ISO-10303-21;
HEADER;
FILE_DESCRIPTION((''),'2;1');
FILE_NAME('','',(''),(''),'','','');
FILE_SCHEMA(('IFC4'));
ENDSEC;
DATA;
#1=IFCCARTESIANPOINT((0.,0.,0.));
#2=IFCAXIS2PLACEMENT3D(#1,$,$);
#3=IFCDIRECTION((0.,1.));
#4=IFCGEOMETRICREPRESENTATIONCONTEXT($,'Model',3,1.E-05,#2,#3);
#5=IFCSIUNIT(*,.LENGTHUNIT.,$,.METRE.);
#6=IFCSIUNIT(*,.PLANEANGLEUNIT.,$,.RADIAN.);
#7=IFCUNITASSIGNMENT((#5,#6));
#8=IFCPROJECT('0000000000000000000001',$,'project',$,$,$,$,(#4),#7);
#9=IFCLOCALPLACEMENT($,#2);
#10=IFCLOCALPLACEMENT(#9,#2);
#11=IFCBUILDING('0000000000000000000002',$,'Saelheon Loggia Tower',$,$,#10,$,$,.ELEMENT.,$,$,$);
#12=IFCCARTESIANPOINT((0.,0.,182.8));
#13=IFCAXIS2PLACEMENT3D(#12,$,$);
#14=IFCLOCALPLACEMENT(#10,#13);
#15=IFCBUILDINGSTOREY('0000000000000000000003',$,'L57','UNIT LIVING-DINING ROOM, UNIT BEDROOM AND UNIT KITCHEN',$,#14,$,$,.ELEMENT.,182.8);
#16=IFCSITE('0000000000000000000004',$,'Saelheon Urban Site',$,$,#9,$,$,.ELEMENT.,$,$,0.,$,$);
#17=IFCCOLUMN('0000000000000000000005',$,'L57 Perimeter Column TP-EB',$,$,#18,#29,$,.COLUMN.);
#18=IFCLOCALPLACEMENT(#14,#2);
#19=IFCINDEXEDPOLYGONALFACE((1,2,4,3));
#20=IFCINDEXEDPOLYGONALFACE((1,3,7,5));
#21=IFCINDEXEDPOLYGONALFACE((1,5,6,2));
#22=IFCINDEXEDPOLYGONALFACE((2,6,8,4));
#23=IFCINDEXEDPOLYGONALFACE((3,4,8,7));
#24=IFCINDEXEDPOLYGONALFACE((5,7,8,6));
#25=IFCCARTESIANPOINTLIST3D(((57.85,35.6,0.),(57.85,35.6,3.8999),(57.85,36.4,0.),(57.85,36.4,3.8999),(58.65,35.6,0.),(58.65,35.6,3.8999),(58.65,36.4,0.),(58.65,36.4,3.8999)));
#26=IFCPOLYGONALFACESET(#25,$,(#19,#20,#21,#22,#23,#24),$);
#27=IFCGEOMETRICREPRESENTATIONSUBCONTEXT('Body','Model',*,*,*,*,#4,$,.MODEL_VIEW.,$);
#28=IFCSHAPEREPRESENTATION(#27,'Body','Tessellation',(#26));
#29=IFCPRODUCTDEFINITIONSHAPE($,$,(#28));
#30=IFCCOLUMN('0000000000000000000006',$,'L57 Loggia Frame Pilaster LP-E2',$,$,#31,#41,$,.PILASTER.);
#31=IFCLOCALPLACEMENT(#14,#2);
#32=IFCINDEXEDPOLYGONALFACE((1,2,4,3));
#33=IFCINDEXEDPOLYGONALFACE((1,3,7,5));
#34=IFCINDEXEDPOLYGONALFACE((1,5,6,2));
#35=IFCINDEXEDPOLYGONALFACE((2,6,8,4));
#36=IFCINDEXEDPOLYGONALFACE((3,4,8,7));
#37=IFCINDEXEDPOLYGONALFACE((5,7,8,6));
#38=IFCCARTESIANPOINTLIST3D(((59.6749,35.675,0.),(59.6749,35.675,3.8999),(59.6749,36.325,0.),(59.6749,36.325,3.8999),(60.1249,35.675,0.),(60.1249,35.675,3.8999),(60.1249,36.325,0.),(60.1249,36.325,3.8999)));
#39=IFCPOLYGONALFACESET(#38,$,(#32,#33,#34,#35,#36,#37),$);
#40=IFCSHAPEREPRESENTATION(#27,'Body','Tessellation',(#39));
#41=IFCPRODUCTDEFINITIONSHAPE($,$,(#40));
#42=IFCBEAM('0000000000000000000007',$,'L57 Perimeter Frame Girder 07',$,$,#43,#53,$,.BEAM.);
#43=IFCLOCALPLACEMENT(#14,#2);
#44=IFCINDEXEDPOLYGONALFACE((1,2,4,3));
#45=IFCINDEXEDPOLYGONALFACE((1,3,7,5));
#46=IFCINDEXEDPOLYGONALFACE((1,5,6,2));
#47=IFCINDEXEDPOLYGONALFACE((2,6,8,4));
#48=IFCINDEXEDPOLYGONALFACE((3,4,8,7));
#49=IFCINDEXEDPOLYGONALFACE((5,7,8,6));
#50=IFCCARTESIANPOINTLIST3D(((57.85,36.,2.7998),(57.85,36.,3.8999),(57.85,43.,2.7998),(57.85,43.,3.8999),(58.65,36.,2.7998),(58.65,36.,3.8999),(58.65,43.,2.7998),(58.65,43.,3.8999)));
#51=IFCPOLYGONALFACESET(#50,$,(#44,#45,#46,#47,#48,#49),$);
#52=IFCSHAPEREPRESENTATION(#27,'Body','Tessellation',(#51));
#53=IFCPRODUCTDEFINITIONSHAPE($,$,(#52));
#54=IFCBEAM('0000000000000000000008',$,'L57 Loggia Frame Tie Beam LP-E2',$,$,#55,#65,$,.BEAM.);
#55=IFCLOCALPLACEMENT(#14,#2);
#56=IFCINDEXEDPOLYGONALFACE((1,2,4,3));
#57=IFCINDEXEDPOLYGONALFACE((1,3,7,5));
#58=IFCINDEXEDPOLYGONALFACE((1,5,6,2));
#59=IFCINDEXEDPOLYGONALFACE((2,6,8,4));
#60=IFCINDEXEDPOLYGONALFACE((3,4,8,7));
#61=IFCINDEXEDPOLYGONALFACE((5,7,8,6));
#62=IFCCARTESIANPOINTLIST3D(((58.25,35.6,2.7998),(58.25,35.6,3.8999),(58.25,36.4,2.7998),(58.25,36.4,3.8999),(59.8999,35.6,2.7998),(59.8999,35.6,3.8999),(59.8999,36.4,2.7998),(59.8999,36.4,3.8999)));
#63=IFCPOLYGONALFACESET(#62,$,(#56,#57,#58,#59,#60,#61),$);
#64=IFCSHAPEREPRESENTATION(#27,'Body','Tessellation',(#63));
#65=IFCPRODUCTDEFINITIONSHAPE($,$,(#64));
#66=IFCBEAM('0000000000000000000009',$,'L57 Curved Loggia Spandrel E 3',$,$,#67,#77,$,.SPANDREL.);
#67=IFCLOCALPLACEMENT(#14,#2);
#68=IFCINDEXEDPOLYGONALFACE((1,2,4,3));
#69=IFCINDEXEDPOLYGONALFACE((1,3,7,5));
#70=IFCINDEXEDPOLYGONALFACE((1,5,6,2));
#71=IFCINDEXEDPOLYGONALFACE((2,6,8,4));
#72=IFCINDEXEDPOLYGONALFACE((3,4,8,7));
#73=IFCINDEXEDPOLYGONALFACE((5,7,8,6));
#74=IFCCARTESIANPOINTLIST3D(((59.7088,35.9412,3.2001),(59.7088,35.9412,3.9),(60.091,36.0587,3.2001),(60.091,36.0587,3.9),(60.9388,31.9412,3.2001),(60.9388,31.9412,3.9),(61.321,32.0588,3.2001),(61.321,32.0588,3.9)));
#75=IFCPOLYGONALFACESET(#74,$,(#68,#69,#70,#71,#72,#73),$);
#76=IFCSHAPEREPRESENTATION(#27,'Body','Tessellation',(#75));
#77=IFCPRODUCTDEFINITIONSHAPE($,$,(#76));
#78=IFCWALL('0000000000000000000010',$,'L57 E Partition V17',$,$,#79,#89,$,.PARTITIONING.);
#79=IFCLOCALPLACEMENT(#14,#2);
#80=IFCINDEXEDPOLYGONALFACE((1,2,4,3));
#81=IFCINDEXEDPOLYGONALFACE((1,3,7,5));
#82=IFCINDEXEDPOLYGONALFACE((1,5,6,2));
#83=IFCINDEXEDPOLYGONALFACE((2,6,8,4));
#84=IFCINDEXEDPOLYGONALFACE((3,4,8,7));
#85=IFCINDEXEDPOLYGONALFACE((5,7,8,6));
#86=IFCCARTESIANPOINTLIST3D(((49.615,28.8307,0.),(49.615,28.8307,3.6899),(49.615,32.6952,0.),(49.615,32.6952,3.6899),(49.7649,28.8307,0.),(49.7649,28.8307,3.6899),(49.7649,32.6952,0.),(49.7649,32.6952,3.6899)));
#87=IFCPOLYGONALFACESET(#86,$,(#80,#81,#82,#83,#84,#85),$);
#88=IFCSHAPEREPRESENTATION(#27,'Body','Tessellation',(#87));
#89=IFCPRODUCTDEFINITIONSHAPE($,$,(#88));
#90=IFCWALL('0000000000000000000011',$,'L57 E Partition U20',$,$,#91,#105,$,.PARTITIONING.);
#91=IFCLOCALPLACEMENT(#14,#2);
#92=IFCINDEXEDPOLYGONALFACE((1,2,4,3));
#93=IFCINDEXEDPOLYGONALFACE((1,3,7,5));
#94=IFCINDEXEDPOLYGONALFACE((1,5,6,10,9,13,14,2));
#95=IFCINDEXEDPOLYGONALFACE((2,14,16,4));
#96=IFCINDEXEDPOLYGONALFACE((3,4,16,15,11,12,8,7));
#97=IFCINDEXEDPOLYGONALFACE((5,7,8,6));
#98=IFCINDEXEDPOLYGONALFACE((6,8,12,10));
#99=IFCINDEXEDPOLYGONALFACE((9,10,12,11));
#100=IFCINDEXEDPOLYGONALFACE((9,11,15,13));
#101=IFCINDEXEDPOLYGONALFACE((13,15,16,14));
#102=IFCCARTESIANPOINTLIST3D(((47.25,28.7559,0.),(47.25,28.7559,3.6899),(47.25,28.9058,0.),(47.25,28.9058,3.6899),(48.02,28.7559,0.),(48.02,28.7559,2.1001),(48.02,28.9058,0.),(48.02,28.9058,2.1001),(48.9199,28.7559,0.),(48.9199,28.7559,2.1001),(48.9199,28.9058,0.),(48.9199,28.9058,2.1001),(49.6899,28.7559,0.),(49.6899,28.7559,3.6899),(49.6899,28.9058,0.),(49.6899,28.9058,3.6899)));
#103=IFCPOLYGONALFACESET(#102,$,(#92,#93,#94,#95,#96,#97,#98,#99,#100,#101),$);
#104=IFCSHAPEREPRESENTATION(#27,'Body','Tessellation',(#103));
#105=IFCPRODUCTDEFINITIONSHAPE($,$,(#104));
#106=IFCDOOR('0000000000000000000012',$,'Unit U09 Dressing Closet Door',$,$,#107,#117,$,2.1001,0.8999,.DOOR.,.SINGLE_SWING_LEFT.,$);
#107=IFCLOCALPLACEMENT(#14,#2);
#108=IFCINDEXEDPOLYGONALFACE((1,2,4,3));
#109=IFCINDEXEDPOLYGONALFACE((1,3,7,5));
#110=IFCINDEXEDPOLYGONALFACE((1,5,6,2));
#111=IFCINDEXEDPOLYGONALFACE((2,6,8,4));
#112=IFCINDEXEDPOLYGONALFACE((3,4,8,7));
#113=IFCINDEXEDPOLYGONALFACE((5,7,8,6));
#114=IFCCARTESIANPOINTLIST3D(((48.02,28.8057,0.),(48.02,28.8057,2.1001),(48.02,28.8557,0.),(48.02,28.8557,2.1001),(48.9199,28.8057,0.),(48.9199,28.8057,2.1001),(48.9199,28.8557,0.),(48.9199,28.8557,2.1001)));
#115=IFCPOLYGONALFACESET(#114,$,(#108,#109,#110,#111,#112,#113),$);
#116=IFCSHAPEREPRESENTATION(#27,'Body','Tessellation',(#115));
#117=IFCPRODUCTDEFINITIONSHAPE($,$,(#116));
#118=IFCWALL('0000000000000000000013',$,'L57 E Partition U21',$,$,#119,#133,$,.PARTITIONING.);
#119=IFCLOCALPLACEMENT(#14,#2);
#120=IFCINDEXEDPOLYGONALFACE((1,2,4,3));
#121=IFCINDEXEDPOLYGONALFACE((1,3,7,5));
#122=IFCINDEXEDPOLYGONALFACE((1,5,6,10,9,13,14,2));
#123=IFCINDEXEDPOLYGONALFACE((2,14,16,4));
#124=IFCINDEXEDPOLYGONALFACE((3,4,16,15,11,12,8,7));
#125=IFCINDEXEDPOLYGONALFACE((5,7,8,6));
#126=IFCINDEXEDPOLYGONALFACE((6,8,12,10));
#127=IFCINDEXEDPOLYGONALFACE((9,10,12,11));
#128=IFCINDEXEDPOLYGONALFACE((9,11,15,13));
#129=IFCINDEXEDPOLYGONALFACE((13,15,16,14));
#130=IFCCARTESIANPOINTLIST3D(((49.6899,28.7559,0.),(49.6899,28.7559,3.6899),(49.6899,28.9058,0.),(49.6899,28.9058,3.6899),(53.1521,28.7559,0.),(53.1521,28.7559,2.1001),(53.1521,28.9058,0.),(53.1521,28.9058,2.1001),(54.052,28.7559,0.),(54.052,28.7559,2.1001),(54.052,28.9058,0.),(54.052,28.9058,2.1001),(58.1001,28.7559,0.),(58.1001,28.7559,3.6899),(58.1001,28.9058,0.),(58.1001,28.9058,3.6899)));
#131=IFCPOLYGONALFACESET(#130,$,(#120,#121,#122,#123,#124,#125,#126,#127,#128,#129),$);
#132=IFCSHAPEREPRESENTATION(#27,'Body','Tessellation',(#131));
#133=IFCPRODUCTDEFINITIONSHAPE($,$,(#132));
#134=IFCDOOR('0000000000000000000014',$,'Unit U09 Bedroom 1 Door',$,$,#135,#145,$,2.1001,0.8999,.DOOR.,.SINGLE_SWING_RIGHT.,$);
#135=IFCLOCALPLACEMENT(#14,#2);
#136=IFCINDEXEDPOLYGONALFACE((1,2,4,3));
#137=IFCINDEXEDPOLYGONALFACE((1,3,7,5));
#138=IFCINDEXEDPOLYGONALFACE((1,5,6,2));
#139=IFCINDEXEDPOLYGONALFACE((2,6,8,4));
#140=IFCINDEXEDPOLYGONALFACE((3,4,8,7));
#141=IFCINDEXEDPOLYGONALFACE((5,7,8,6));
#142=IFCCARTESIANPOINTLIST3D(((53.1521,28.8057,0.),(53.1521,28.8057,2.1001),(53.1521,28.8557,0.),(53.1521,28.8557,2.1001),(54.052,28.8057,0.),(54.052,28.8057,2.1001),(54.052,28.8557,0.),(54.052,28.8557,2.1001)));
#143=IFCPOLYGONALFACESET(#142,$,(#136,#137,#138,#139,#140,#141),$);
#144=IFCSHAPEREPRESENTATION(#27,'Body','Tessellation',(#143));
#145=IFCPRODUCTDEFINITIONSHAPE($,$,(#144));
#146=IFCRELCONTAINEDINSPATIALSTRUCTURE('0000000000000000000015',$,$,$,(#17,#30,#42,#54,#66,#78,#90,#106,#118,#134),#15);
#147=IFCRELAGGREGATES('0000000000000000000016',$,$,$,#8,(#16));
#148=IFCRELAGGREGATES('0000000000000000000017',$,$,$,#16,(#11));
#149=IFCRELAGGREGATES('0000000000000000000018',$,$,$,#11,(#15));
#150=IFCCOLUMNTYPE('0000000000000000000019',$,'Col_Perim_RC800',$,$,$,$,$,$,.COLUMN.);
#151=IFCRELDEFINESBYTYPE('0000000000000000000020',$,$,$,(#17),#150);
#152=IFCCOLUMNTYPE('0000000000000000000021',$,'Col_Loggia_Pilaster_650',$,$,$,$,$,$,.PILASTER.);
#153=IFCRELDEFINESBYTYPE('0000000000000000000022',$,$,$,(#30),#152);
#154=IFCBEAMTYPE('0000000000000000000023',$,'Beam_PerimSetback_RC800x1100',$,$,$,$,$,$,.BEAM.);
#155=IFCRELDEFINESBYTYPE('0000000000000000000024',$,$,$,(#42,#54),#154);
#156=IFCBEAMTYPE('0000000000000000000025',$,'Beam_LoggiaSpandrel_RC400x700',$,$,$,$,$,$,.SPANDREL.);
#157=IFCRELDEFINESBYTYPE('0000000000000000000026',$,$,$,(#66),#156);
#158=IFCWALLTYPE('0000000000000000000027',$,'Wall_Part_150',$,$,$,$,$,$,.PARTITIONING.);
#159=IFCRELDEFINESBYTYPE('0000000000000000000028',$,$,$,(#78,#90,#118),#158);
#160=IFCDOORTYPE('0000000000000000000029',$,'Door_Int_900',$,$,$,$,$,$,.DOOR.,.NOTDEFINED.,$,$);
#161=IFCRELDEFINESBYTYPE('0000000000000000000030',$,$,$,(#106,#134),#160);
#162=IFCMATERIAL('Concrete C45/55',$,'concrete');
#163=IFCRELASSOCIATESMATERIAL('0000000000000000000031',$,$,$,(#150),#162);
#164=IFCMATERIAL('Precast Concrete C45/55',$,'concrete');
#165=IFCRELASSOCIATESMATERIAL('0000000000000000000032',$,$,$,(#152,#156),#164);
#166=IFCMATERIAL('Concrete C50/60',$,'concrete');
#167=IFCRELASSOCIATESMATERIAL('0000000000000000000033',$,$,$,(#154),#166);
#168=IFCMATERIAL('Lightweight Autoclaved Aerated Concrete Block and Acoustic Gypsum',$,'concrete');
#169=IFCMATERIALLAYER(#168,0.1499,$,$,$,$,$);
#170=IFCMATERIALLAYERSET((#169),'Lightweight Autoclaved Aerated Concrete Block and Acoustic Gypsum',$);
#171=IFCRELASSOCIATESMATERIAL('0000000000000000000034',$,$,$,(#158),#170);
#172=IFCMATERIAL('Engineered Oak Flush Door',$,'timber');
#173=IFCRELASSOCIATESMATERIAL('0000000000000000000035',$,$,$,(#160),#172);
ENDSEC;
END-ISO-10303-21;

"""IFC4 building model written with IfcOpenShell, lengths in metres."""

from ifc_helpers import new_model, si_unit, direction, frame, frame_2d, origin, origin_2d, place, context, subcontext, project, spatial, rectangle, extrude, source, transform, mapped, material, layer, layer_set, material_profile, profile_set, type_object, element, fill, save


model = new_model("IFC4")

# Units and contexts
model_context = context("Model", 3, precision=1e-05, world=origin(), true_north=direction((0.0, 1.0)))
body_context = subcontext(model_context, "Body", "Model", "MODEL_VIEW")
ifc_project = project(units=[si_unit("LENGTHUNIT", "METRE"), si_unit("PLANEANGLEUNIT", "RADIAN")], contexts=[model_context])

# Site, building, storey
site_placement = place(None, origin())
site = spatial("IfcSite", under=ifc_project, at=site_placement, Name="Saelheon Urban Site", CompositionType="ELEMENT", RefElevation=0.0)
building_placement = place(site_placement, origin())
building = spatial("IfcBuilding", under=site, at=building_placement, Name="Saelheon Loggia Tower", CompositionType="ELEMENT")
storey_placement = place(building_placement, frame((0.0, 0.0, 182.8)))
storey = spatial("IfcBuildingStorey", under=building, at=storey_placement, Name="L57", Description="UNIT LIVING-DINING ROOM, UNIT BEDROOM AND UNIT KITCHEN", CompositionType="ELEMENT", Elevation=182.8)

# Columns
ifc_material_1 = material(Name="Concrete C45/55", Category="concrete")
ifc_material_profile_1 = material_profile(ifc_material_1, rectangle(XDim=0.8, YDim=0.8, at=origin_2d()), Name="RC-800x800")
ifc_profile_set_1 = profile_set([ifc_material_profile_1], Name="Concrete C45/55")
column_type_1 = type_object("IfcColumnType", Name="Col_Perim_RC800", PredefinedType="COLUMN", material=ifc_profile_set_1)
shared_shape_1 = source(origin(), body_context, "Body", "SweptSolid", [
    extrude(rectangle(XDim=0.8, YDim=0.8, at=origin_2d()), origin(), (0.0, 0.0, 1.0), 3.8999),
])
column_1_placement = place(storey_placement, frame((58.25, 36.0, 0.0), z_axis=(0.0, 0.0, 1.0), x_axis=(1.0, 0.0, 0.0)))
element("IfcColumn", 1, at=column_1_placement, inside=storey, type_object=column_type_1, Name="L57 Perimeter Column TP-EB", PredefinedType="COLUMN", context=body_context, shape_type="MappedRepresentation", body=[
    mapped(shared_shape_1, transform((0.0, 0.0, 0.0), scale=1.0)),
])
ifc_material_2 = material(Name="Precast Concrete C45/55", Category="concrete")
ifc_material_profile_2 = material_profile(ifc_material_2, rectangle(XDim=0.45, YDim=0.6499, at=origin_2d()), Name="RC-450x650")
ifc_profile_set_2 = profile_set([ifc_material_profile_2], Name="Precast Concrete C45/55")
column_type_2 = type_object("IfcColumnType", Name="Col_Loggia_Pilaster_650", PredefinedType="PILASTER", material=ifc_profile_set_2)
shared_shape_2 = source(origin(), body_context, "Body", "SweptSolid", [
    extrude(rectangle(XDim=0.45, YDim=0.6499, at=origin_2d()), origin(), (0.0, 0.0, 1.0), 3.8999),
])
column_2_placement = place(storey_placement, frame((59.8999, 36.0, 0.0), z_axis=(0.0, 0.0, 1.0), x_axis=(1.0, 0.0, 0.0)))
element("IfcColumn", 2, at=column_2_placement, inside=storey, type_object=column_type_2, Name="L57 Loggia Frame Pilaster LP-E2", PredefinedType="PILASTER", context=body_context, shape_type="MappedRepresentation", body=[
    mapped(shared_shape_2, transform((0.0, 0.0, 0.0), scale=1.0)),
])

# Beams
ifc_material_3 = material(Name="Concrete C50/60", Category="concrete")
ifc_material_profile_3 = material_profile(ifc_material_3, rectangle(XDim=0.8, YDim=1.1001, at=origin_2d()), Name="RC-800x1100")
ifc_profile_set_3 = profile_set([ifc_material_profile_3], Name="Concrete C50/60")
beam_type_1 = type_object("IfcBeamType", Name="Beam_PerimSetback_RC800x1100", PredefinedType="BEAM", material=ifc_profile_set_3)
shared_shape_3 = source(origin(), body_context, "Body", "SweptSolid", [
    extrude(rectangle(XDim=0.8, YDim=1.1001, at=origin_2d()), origin(), (0.0, 0.0, 1.0), 7.0),
])
beam_1_placement = place(storey_placement, frame((58.25, 36.0, 3.3499), z_axis=(0.0, 1.0, 0.0), x_axis=(-1.0, 0.0, 0.0)))
element("IfcBeam", 3, at=beam_1_placement, inside=storey, type_object=beam_type_1, Name="L57 Perimeter Frame Girder 07", PredefinedType="BEAM", context=body_context, shape_type="MappedRepresentation", body=[
    mapped(shared_shape_3, transform((0.0, 0.0, 0.0), scale=1.0)),
])
shared_shape_4 = source(origin(), body_context, "Body", "SweptSolid", [
    extrude(rectangle(XDim=0.8, YDim=1.1001, at=origin_2d()), origin(), (0.0, 0.0, 1.0), 1.6499),
])
beam_2_placement = place(storey_placement, frame((58.25, 36.0, 3.3499), z_axis=(1.0, 0.0, 0.0), x_axis=(0.0, 1.0, 0.0)))
element("IfcBeam", 4, at=beam_2_placement, inside=storey, type_object=beam_type_1, Name="L57 Loggia Frame Tie Beam LP-E2", PredefinedType="BEAM", context=body_context, shape_type="MappedRepresentation", body=[
    mapped(shared_shape_4, transform((0.0, 0.0, 0.0), scale=1.0)),
])
ifc_material_profile_4 = material_profile(ifc_material_2, rectangle(XDim=0.3999, YDim=0.7, at=origin_2d()), Name="RC-400x700")
ifc_profile_set_4 = profile_set([ifc_material_profile_4], Name="Precast Concrete C45/55")
beam_type_2 = type_object("IfcBeamType", Name="Beam_LoggiaSpandrel_RC400x700", PredefinedType="SPANDREL", material=ifc_profile_set_4)
shared_shape_5 = source(origin(), body_context, "Body", "SweptSolid", [
    extrude(rectangle(XDim=0.3999, YDim=0.7, at=origin_2d()), origin(), (0.0, 0.0, 1.0), 4.1848),
])
beam_3_placement = place(storey_placement, frame((61.1299, 32.0, 3.55), z_axis=(-0.293914, 0.955832, 0.0), x_axis=(-0.955832, -0.293914, 0.0)))
element("IfcBeam", 5, at=beam_3_placement, inside=storey, type_object=beam_type_2, Name="L57 Curved Loggia Spandrel E 3", PredefinedType="SPANDREL", context=body_context, shape_type="MappedRepresentation", body=[
    mapped(shared_shape_5, transform((0.0, 0.0, 0.0), scale=1.0)),
])

# Wall
ifc_material_4 = material(Name="Lightweight Autoclaved Aerated Concrete Block and Acoustic Gypsum", Category="concrete")
ifc_layer_1 = layer(ifc_material_4, 0.1499)
ifc_layer_set_1 = layer_set([ifc_layer_1], Name="Lightweight Autoclaved Aerated Concrete Block and Acoustic Gypsum")
wall_type_1 = type_object("IfcWallType", Name="Wall_Part_150", PredefinedType="PARTITIONING", material=ifc_layer_set_1)
wall_1_placement = place(storey_placement, frame((49.6899, 28.8308, 0.0), z_axis=(0.0, 0.0, 1.0), x_axis=(0.0, 1.0, 0.0)))
element("IfcWall", 6, at=wall_1_placement, inside=storey, type_object=wall_type_1, Name="L57 E Partition V17", PredefinedType="PARTITIONING", context=body_context, shape_type="SweptSolid", body=[
    extrude(rectangle(XDim=3.8645, YDim=0.1499, at=frame_2d((1.9321, 0.0))), origin(), (0.0, 0.0, 1.0), 3.6899),
])

# Walls, openings, doors
wall_2_placement = place(storey_placement, frame((47.25, 28.8308, 0.0), z_axis=(0.0, 0.0, 1.0), x_axis=(1.0, 0.0, 0.0)))
wall_2 = element("IfcWall", 7, at=wall_2_placement, inside=storey, type_object=wall_type_1, Name="L57 E Partition U20", PredefinedType="PARTITIONING", context=body_context, shape_type="SweptSolid", body=[
    extrude(rectangle(XDim=2.4399, YDim=0.1499, at=frame_2d((1.22, 0.0))), origin(), (0.0, 0.0, 1.0), 3.6899),
])
opening_1_placement = place(wall_2_placement, frame((0.77, 0.0, 0.0)))
opening_1 = element("IfcOpeningElement", 8, at=opening_1_placement, cuts=wall_2, PredefinedType="OPENING", context=body_context, shape_type="SweptSolid", body=[
    extrude(rectangle(XDim=0.8999, YDim=2.1001, at=frame_2d((0.45, 1.05))), frame((0.0, 0.0869, 0.0), z_axis=(0.0, -1.0, 0.0), x_axis=(1.0, 0.0, 0.0)), (0.0, 0.0, 1.0), 0.1738),
])
ifc_material_5 = material(Name="Engineered Oak Flush Door", Category="timber")
door_type_1 = type_object("IfcDoorType", Name="Door_Int_900", OperationType="NOTDEFINED", PredefinedType="DOOR", material=ifc_material_5)
shared_shape_6 = source(origin(), body_context, "Body", "SweptSolid", [
    extrude(rectangle(XDim=0.8999, YDim=2.1001, at=frame_2d((0.45, 1.05))), frame((0.0, 0.0249, 0.0), z_axis=(0.0, -1.0, 0.0), x_axis=(1.0, 0.0, 0.0)), (0.0, 0.0, 1.0), 0.05),
])
door_1_placement = place(opening_1_placement, origin())
door_1 = element("IfcDoor", 9, at=door_1_placement, inside=storey, type_object=door_type_1, Name="Unit U09 Dressing Closet Door", OperationType="SINGLE_SWING_LEFT", OverallHeight=2.1001, OverallWidth=0.8999, PredefinedType="DOOR", context=body_context, shape_type="MappedRepresentation", body=[
    mapped(shared_shape_6, transform((0.0, 0.0, 0.0), scale=1.0)),
])
fill(opening_1, door_1)
wall_3_placement = place(storey_placement, frame((49.6899, 28.8308, 0.0), z_axis=(0.0, 0.0, 1.0), x_axis=(1.0, 0.0, 0.0)))
wall_3 = element("IfcWall", 10, at=wall_3_placement, inside=storey, type_object=wall_type_1, Name="L57 E Partition U21", PredefinedType="PARTITIONING", context=body_context, shape_type="SweptSolid", body=[
    extrude(rectangle(XDim=8.4102, YDim=0.1499, at=frame_2d((4.2051, 0.0))), origin(), (0.0, 0.0, 1.0), 3.6899),
])
opening_2_placement = place(wall_3_placement, frame((3.4622, 0.0, 0.0)))
opening_2 = element("IfcOpeningElement", 11, at=opening_2_placement, cuts=wall_3, PredefinedType="OPENING", context=body_context, shape_type="SweptSolid", body=[
    extrude(rectangle(XDim=0.8999, YDim=2.1001, at=frame_2d((0.45, 1.05))), frame((0.0, 0.0869, 0.0), z_axis=(0.0, -1.0, 0.0), x_axis=(1.0, 0.0, 0.0)), (0.0, 0.0, 1.0), 0.1738),
])
door_2_placement = place(opening_2_placement, origin())
door_2 = element("IfcDoor", 12, at=door_2_placement, inside=storey, type_object=door_type_1, Name="Unit U09 Bedroom 1 Door", OperationType="SINGLE_SWING_RIGHT", OverallHeight=2.1001, OverallWidth=0.8999, PredefinedType="DOOR", context=body_context, shape_type="MappedRepresentation", body=[
    mapped(shared_shape_6, transform((0.0, 0.0, 0.0), scale=1.0)),
])
fill(opening_2, door_2)

save(model, "model.ifc")
